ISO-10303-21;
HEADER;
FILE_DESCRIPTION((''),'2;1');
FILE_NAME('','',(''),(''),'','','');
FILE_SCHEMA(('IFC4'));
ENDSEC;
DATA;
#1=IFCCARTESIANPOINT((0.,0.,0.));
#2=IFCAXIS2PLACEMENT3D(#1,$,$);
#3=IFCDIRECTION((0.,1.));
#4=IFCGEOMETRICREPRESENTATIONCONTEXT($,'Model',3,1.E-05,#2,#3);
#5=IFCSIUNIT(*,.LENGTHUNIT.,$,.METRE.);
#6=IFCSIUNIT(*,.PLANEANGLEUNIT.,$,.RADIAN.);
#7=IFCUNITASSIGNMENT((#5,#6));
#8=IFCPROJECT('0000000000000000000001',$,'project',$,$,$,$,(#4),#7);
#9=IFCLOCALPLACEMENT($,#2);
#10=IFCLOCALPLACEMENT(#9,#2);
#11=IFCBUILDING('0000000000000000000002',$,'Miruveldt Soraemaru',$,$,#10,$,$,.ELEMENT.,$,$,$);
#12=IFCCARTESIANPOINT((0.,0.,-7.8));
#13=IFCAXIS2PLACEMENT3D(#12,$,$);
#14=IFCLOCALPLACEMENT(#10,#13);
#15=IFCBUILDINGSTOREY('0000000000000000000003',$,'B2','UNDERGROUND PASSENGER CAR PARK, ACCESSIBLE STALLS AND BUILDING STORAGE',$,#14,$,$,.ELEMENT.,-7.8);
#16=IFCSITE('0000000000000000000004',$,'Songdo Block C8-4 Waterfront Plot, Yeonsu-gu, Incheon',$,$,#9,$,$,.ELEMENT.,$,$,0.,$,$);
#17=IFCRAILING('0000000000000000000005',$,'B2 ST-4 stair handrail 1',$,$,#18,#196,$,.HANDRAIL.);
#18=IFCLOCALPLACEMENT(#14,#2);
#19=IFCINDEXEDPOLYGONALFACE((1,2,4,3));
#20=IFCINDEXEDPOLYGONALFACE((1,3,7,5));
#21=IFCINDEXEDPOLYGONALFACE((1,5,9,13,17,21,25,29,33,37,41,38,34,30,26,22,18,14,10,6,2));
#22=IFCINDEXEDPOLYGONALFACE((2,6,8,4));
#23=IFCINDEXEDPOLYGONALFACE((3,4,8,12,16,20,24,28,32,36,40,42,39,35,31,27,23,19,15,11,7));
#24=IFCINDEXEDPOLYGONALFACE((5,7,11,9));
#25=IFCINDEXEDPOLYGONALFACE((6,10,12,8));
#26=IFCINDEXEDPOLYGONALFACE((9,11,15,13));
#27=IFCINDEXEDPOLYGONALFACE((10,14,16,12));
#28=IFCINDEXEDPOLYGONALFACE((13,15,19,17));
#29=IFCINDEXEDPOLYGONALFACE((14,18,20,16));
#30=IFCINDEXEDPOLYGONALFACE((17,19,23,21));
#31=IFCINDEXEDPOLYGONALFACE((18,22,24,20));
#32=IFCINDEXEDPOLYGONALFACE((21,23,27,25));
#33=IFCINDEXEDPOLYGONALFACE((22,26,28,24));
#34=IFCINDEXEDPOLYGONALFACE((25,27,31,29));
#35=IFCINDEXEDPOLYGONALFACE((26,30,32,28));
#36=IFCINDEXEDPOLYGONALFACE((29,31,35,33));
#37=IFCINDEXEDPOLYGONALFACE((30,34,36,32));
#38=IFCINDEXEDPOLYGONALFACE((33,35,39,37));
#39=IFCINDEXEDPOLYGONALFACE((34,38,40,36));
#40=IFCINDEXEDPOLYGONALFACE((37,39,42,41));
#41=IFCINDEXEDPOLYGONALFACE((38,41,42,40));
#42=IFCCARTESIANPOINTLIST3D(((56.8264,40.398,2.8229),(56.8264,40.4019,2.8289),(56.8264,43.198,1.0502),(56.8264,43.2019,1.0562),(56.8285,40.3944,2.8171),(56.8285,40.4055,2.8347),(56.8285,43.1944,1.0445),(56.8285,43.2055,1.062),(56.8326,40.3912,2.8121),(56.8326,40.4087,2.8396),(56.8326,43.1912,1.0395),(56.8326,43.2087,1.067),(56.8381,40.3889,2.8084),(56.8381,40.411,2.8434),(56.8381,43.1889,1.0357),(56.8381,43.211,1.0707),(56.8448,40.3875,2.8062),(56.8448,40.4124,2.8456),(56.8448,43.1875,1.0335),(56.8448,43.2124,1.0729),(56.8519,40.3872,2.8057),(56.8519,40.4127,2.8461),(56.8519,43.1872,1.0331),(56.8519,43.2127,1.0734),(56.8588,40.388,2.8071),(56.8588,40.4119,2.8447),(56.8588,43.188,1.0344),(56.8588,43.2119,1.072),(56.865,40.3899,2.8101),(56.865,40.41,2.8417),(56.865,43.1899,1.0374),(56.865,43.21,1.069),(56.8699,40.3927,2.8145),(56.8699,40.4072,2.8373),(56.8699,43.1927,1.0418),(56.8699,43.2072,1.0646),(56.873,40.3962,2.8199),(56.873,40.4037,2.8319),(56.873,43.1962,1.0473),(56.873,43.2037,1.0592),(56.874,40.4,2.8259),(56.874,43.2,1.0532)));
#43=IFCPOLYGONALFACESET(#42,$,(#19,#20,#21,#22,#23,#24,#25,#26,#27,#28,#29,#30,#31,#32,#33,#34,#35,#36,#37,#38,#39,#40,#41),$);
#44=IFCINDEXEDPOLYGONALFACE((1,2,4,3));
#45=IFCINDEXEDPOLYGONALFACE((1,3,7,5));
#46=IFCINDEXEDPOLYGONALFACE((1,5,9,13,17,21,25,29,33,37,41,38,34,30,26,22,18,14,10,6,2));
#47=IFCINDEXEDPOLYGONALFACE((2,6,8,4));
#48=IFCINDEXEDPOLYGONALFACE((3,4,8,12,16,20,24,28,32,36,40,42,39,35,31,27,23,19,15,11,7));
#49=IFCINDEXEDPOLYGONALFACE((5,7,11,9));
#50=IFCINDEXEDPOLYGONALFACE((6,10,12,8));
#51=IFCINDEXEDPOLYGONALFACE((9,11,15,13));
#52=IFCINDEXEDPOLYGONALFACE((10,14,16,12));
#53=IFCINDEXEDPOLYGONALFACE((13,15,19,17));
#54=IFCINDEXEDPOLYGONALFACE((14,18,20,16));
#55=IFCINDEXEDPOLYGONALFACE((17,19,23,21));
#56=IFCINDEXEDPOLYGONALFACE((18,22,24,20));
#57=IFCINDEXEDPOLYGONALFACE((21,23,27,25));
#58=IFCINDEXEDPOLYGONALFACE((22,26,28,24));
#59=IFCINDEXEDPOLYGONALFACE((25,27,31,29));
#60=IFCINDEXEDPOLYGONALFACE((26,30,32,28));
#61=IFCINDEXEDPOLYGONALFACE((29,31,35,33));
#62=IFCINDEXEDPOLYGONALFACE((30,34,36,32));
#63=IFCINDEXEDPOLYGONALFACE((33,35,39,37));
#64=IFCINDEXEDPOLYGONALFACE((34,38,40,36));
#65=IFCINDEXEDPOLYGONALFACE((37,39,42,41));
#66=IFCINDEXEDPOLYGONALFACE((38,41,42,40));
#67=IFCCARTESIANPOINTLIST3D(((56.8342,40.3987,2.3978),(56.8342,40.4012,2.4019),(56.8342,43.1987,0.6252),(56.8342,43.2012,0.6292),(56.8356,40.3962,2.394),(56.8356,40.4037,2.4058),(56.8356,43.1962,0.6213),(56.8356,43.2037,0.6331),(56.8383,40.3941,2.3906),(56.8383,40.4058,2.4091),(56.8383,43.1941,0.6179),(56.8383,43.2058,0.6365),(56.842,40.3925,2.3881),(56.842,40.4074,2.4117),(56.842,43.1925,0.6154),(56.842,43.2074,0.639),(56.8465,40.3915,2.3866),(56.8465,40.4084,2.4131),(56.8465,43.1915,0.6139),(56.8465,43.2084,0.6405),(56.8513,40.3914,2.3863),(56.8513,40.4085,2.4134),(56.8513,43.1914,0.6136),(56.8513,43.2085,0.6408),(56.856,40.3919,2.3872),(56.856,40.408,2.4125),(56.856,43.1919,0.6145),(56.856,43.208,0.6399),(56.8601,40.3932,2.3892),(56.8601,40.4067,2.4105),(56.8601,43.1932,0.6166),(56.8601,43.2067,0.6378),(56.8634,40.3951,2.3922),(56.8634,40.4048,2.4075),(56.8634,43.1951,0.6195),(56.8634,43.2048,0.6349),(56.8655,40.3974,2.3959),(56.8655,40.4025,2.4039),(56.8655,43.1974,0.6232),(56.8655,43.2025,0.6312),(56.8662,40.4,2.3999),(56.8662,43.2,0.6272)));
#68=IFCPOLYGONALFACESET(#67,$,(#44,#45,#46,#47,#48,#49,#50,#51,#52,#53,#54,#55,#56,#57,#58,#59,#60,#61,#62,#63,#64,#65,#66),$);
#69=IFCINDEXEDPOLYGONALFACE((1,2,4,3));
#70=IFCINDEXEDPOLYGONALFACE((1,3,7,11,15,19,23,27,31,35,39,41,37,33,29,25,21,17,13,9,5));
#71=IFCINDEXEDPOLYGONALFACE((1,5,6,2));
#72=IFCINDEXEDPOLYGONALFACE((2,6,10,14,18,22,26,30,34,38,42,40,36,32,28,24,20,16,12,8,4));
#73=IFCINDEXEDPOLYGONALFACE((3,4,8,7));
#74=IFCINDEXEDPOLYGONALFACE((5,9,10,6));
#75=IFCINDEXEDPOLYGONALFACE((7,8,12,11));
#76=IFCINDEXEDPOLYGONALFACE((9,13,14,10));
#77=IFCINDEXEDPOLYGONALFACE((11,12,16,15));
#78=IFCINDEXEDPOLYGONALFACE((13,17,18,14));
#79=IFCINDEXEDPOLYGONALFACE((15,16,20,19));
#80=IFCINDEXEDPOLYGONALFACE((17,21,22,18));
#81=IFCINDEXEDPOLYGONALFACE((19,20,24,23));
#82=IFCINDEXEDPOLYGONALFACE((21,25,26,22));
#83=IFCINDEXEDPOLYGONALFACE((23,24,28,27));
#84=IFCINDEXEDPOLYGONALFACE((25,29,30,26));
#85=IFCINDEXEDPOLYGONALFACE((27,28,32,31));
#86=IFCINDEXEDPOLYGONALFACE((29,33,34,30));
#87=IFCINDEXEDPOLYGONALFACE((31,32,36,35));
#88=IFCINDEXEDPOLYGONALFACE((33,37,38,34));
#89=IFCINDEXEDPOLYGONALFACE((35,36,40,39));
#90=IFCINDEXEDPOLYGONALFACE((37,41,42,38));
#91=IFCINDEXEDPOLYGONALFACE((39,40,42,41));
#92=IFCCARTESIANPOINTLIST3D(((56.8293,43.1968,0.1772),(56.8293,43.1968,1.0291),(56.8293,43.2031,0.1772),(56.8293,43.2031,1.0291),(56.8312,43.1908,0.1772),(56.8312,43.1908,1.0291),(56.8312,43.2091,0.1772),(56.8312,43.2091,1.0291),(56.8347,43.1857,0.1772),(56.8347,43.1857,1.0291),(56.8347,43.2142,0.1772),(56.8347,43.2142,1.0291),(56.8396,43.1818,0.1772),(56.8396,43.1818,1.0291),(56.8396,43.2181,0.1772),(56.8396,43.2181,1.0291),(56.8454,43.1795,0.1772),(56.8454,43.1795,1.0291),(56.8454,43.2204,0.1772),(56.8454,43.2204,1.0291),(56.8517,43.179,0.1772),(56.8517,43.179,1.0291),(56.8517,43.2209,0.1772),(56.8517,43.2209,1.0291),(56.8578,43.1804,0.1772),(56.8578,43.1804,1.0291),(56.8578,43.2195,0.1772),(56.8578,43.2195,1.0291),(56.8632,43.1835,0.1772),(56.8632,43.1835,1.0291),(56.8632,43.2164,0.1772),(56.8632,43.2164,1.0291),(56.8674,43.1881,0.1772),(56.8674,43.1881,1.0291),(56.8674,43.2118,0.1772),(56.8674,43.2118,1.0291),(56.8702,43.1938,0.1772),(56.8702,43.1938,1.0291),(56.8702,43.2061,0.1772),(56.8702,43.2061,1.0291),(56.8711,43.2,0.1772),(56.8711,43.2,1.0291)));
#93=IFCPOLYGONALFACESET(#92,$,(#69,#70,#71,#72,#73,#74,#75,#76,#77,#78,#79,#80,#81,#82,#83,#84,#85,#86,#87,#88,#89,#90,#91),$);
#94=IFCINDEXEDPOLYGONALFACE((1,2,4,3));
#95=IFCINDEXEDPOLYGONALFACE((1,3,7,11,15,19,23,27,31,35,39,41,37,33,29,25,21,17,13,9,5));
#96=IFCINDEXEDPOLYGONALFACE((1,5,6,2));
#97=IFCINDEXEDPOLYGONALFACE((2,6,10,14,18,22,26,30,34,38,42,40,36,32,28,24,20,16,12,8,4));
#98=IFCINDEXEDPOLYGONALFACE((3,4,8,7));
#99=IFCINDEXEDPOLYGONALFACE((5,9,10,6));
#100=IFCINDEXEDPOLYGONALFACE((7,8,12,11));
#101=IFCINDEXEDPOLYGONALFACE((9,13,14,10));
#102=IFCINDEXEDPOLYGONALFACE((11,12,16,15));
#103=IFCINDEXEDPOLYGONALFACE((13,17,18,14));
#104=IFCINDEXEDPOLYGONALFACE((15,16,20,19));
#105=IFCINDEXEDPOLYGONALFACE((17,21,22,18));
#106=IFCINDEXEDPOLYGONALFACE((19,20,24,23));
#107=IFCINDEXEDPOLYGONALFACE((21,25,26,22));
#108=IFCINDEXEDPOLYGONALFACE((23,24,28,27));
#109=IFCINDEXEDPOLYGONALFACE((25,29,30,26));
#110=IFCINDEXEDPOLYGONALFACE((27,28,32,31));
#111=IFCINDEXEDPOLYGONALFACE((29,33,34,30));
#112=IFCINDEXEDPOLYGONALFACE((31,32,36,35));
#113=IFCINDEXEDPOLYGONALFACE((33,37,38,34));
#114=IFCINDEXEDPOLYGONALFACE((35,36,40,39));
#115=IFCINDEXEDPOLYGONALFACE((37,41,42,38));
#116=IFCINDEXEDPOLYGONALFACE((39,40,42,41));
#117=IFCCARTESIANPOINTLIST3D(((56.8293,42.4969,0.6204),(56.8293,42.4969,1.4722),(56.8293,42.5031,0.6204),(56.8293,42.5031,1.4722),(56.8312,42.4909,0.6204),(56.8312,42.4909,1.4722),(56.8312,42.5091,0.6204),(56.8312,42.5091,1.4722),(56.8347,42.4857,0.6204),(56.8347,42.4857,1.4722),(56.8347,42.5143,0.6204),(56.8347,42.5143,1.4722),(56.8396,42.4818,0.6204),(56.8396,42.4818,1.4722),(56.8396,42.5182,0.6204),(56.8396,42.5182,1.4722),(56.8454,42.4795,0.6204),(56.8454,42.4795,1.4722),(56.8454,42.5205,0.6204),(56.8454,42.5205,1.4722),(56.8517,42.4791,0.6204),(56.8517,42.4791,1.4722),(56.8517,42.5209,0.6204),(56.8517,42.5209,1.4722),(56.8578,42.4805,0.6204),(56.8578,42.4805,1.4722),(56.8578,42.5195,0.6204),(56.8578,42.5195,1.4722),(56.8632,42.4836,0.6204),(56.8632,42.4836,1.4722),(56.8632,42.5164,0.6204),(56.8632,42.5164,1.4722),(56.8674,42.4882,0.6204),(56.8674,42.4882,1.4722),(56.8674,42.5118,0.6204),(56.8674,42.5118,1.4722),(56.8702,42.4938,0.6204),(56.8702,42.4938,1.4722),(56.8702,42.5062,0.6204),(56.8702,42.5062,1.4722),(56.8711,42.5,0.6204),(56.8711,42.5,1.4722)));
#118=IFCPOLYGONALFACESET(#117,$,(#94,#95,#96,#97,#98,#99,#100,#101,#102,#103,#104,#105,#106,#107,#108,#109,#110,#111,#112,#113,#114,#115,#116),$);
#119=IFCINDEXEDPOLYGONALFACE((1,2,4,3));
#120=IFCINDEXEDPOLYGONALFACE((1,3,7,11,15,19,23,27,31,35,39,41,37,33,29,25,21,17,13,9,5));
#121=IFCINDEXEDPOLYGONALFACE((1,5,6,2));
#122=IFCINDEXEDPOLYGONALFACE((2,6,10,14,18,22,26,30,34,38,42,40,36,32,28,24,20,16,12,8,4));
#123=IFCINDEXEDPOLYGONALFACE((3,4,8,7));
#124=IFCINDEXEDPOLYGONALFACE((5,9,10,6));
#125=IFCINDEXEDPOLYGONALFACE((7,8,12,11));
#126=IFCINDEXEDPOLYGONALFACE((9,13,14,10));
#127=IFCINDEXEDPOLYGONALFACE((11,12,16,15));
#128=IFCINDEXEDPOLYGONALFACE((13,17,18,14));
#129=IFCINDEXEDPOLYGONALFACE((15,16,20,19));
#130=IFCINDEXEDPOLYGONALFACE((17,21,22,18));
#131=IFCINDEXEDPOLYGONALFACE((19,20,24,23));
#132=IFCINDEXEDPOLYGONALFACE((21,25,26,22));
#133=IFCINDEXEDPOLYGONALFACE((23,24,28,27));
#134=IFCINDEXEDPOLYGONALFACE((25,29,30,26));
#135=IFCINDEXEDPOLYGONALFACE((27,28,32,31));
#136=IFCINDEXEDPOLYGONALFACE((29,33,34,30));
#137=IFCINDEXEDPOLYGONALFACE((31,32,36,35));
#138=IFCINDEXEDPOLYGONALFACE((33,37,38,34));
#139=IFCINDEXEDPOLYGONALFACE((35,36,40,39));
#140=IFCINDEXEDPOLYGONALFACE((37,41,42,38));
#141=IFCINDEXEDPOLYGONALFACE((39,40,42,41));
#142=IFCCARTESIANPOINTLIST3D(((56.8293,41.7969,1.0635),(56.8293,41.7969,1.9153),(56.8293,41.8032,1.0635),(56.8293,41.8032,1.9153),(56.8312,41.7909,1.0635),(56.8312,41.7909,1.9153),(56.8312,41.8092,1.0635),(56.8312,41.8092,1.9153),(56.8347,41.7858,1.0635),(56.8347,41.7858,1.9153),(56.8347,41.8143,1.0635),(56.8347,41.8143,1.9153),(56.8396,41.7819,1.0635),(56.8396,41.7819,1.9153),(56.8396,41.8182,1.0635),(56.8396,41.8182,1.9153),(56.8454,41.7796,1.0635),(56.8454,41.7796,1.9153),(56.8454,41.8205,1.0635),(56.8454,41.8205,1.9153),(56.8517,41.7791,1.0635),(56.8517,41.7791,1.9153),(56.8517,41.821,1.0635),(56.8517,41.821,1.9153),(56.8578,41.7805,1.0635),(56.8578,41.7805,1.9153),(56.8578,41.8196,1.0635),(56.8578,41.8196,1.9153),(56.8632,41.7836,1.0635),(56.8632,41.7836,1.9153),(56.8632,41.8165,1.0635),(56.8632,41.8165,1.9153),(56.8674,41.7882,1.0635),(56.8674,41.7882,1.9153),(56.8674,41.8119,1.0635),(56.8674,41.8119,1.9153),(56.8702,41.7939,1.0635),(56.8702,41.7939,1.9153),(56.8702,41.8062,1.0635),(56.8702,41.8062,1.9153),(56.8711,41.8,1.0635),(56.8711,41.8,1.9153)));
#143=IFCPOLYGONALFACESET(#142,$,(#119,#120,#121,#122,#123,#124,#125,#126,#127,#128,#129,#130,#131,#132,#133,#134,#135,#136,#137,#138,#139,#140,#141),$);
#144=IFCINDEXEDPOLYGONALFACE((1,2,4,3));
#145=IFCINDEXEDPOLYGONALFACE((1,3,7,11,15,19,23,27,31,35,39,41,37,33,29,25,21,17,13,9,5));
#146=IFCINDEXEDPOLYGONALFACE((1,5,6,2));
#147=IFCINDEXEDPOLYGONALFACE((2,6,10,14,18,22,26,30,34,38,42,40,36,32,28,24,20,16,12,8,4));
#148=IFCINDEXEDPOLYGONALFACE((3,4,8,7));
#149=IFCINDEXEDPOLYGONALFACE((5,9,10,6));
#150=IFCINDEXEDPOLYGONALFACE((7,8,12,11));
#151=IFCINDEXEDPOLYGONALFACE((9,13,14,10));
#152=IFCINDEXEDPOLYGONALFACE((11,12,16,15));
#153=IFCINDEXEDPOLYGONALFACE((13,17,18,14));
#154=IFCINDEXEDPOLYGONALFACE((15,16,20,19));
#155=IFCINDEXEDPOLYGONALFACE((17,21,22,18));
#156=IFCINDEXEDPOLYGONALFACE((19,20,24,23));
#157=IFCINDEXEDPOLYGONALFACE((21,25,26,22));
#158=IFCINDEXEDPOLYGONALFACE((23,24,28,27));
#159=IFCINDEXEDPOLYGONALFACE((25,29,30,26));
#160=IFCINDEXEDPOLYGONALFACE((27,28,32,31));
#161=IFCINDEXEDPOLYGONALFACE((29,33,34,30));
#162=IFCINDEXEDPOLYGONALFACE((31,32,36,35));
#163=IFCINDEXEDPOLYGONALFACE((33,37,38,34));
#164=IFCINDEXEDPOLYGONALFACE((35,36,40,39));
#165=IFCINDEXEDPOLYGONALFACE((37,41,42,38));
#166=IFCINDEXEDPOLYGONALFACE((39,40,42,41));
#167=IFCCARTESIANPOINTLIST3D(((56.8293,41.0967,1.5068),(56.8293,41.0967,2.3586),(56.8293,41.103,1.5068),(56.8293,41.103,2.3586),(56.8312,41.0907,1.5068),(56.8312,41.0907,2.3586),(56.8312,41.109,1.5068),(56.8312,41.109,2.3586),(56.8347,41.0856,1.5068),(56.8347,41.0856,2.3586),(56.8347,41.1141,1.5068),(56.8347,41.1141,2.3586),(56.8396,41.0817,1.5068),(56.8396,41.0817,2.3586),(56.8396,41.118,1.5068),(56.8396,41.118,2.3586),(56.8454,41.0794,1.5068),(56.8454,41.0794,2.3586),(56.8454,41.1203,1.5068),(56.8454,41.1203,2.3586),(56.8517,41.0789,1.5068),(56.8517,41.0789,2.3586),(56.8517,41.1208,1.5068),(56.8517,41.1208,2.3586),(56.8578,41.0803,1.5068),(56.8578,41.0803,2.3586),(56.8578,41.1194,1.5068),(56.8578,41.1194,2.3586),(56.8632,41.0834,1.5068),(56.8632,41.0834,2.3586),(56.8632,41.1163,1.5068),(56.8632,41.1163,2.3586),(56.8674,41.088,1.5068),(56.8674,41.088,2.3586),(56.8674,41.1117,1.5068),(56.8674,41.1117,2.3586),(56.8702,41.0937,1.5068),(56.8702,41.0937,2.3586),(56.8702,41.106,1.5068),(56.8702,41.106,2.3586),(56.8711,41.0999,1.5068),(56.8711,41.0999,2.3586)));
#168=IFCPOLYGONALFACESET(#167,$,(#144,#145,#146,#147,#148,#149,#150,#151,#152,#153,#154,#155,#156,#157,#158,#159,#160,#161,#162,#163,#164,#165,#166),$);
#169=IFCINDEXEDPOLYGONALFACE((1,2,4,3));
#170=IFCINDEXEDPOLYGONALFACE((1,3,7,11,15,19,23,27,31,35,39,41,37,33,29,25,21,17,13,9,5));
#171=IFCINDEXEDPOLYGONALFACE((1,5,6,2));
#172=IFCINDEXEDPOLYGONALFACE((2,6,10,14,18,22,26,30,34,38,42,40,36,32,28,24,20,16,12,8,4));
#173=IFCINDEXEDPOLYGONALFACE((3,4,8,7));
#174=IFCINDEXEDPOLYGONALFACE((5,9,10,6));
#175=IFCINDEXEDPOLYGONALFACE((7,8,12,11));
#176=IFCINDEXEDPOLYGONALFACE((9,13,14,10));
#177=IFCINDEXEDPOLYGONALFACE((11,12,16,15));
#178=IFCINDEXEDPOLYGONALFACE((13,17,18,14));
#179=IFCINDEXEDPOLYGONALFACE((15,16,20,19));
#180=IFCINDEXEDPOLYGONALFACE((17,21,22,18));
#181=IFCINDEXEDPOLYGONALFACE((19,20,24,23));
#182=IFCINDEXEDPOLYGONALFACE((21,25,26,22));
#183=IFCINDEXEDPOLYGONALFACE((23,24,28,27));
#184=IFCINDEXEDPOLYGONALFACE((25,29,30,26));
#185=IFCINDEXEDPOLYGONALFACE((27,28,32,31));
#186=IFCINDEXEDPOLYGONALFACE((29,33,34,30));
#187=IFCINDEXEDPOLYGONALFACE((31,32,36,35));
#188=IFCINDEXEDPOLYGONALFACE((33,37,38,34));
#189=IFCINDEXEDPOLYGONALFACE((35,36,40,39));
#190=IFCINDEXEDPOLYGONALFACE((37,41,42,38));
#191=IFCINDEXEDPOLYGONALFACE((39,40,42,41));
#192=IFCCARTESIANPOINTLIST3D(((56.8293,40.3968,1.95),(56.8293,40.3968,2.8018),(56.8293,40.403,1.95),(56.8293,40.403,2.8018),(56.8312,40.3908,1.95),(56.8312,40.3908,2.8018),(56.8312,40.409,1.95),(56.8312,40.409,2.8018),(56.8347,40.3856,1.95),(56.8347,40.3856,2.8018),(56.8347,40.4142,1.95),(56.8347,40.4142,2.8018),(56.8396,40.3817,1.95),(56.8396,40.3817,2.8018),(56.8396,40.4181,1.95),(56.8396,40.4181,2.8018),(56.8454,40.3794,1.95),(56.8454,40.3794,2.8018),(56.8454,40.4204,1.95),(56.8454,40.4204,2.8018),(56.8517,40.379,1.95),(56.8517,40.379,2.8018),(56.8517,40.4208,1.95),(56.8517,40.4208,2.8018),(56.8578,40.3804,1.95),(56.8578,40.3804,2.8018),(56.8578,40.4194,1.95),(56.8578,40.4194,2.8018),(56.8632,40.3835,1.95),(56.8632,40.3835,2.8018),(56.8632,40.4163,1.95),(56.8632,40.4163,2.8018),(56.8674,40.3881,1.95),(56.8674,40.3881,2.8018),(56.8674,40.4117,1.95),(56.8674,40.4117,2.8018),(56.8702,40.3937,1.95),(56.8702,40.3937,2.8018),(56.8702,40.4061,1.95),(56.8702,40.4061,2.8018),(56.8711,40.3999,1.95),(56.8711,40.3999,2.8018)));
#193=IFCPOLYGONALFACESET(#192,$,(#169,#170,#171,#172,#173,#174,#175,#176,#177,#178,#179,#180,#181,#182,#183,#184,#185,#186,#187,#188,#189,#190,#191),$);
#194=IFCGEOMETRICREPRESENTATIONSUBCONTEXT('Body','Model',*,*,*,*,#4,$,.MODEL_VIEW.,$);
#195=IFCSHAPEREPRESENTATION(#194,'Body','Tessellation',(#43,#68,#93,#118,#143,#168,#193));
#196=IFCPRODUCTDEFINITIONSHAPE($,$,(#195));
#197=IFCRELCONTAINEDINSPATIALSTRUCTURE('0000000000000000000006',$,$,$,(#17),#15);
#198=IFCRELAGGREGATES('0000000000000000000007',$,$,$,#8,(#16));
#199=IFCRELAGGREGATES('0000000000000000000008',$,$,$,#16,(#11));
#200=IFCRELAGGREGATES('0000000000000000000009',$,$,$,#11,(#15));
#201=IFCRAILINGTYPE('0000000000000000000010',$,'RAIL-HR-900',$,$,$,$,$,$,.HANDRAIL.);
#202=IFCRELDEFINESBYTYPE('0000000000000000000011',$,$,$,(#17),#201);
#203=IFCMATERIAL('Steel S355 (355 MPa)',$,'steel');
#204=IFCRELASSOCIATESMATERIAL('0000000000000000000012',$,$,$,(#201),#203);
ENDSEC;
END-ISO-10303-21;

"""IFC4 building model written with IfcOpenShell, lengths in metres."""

from ifc_helpers import new_model, si_unit, direction, frame, origin, origin_2d, place, context, subcontext, project, spatial, circle, extrude, material, type_object, element, save


model = new_model("IFC4")

# Units and contexts
model_context = context("Model", 3, precision=1e-05, world=origin(), true_north=direction((0.0, 1.0)))
body_context = subcontext(model_context, "Body", "Model", "MODEL_VIEW")
ifc_project = project(units=[si_unit("LENGTHUNIT", "METRE"), si_unit("PLANEANGLEUNIT", "RADIAN")], contexts=[model_context])

# Site, building, storey
site_placement = place(None, origin())
site = spatial("IfcSite", under=ifc_project, at=site_placement, Name="Songdo Block C8-4 Waterfront Plot, Yeonsu-gu, Incheon", CompositionType="ELEMENT", RefElevation=0.0)
building_placement = place(site_placement, origin())
building = spatial("IfcBuilding", under=site, at=building_placement, Name="Miruveldt Soraemaru", CompositionType="ELEMENT")
storey_placement = place(building_placement, frame((0.0, 0.0, -7.8)))
storey = spatial("IfcBuildingStorey", under=building, at=storey_placement, Name="B2", Description="UNDERGROUND PASSENGER CAR PARK, ACCESSIBLE STALLS AND BUILDING STORAGE", CompositionType="ELEMENT", Elevation=-7.8)

# Shared definitions
ifc_material_1 = material(Name="Steel S355 (355 MPa)", Category="steel")

# Railing
railing_type_1 = type_object("IfcRailingType", Name="RAIL-HR-900", PredefinedType="HANDRAIL", material=ifc_material_1)
railing_1_placement = place(storey_placement, frame((56.8501, 43.2, 0.1772)))
element("IfcRailing", 1, at=railing_1_placement, inside=storey, type_object=railing_type_1, Name="B2 ST-4 stair handrail 1", PredefinedType="HANDRAIL", context=body_context, shape_type="SweptSolid", body=[
    extrude(circle(Radius=0.0239, at=origin_2d()), frame((0.0, 0.0, 0.876), z_axis=(0.0, -0.844909, 0.53491), x_axis=(1.0, 0.0, 0.0)), (0.0, 0.0, 1.0), 3.314),
    extrude(circle(Radius=0.0161, at=origin_2d()), frame((0.0, 0.0, 0.45), z_axis=(0.0, -0.844909, 0.53491), x_axis=(1.0, 0.0, 0.0)), (0.0, 0.0, 1.0), 3.314),
    extrude(circle(Radius=0.021, at=origin_2d()), origin(), (0.0, 0.0, 1.0), 0.8518),
    extrude(circle(Radius=0.021, at=origin_2d()), frame((0.0, -0.7, 0.4431)), (0.0, 0.0, 1.0), 0.8518),
    extrude(circle(Radius=0.021, at=origin_2d()), frame((0.0, -1.3999, 0.8862)), (0.0, 0.0, 1.0), 0.8518),
    extrude(circle(Radius=0.021, at=origin_2d()), frame((0.0, -2.1001, 1.3296)), (0.0, 0.0, 1.0), 0.8518),
    extrude(circle(Radius=0.021, at=origin_2d()), frame((0.0, -2.8, 1.7727)), (0.0, 0.0, 1.0), 0.8518),
])

save(model, "model.ifc")
